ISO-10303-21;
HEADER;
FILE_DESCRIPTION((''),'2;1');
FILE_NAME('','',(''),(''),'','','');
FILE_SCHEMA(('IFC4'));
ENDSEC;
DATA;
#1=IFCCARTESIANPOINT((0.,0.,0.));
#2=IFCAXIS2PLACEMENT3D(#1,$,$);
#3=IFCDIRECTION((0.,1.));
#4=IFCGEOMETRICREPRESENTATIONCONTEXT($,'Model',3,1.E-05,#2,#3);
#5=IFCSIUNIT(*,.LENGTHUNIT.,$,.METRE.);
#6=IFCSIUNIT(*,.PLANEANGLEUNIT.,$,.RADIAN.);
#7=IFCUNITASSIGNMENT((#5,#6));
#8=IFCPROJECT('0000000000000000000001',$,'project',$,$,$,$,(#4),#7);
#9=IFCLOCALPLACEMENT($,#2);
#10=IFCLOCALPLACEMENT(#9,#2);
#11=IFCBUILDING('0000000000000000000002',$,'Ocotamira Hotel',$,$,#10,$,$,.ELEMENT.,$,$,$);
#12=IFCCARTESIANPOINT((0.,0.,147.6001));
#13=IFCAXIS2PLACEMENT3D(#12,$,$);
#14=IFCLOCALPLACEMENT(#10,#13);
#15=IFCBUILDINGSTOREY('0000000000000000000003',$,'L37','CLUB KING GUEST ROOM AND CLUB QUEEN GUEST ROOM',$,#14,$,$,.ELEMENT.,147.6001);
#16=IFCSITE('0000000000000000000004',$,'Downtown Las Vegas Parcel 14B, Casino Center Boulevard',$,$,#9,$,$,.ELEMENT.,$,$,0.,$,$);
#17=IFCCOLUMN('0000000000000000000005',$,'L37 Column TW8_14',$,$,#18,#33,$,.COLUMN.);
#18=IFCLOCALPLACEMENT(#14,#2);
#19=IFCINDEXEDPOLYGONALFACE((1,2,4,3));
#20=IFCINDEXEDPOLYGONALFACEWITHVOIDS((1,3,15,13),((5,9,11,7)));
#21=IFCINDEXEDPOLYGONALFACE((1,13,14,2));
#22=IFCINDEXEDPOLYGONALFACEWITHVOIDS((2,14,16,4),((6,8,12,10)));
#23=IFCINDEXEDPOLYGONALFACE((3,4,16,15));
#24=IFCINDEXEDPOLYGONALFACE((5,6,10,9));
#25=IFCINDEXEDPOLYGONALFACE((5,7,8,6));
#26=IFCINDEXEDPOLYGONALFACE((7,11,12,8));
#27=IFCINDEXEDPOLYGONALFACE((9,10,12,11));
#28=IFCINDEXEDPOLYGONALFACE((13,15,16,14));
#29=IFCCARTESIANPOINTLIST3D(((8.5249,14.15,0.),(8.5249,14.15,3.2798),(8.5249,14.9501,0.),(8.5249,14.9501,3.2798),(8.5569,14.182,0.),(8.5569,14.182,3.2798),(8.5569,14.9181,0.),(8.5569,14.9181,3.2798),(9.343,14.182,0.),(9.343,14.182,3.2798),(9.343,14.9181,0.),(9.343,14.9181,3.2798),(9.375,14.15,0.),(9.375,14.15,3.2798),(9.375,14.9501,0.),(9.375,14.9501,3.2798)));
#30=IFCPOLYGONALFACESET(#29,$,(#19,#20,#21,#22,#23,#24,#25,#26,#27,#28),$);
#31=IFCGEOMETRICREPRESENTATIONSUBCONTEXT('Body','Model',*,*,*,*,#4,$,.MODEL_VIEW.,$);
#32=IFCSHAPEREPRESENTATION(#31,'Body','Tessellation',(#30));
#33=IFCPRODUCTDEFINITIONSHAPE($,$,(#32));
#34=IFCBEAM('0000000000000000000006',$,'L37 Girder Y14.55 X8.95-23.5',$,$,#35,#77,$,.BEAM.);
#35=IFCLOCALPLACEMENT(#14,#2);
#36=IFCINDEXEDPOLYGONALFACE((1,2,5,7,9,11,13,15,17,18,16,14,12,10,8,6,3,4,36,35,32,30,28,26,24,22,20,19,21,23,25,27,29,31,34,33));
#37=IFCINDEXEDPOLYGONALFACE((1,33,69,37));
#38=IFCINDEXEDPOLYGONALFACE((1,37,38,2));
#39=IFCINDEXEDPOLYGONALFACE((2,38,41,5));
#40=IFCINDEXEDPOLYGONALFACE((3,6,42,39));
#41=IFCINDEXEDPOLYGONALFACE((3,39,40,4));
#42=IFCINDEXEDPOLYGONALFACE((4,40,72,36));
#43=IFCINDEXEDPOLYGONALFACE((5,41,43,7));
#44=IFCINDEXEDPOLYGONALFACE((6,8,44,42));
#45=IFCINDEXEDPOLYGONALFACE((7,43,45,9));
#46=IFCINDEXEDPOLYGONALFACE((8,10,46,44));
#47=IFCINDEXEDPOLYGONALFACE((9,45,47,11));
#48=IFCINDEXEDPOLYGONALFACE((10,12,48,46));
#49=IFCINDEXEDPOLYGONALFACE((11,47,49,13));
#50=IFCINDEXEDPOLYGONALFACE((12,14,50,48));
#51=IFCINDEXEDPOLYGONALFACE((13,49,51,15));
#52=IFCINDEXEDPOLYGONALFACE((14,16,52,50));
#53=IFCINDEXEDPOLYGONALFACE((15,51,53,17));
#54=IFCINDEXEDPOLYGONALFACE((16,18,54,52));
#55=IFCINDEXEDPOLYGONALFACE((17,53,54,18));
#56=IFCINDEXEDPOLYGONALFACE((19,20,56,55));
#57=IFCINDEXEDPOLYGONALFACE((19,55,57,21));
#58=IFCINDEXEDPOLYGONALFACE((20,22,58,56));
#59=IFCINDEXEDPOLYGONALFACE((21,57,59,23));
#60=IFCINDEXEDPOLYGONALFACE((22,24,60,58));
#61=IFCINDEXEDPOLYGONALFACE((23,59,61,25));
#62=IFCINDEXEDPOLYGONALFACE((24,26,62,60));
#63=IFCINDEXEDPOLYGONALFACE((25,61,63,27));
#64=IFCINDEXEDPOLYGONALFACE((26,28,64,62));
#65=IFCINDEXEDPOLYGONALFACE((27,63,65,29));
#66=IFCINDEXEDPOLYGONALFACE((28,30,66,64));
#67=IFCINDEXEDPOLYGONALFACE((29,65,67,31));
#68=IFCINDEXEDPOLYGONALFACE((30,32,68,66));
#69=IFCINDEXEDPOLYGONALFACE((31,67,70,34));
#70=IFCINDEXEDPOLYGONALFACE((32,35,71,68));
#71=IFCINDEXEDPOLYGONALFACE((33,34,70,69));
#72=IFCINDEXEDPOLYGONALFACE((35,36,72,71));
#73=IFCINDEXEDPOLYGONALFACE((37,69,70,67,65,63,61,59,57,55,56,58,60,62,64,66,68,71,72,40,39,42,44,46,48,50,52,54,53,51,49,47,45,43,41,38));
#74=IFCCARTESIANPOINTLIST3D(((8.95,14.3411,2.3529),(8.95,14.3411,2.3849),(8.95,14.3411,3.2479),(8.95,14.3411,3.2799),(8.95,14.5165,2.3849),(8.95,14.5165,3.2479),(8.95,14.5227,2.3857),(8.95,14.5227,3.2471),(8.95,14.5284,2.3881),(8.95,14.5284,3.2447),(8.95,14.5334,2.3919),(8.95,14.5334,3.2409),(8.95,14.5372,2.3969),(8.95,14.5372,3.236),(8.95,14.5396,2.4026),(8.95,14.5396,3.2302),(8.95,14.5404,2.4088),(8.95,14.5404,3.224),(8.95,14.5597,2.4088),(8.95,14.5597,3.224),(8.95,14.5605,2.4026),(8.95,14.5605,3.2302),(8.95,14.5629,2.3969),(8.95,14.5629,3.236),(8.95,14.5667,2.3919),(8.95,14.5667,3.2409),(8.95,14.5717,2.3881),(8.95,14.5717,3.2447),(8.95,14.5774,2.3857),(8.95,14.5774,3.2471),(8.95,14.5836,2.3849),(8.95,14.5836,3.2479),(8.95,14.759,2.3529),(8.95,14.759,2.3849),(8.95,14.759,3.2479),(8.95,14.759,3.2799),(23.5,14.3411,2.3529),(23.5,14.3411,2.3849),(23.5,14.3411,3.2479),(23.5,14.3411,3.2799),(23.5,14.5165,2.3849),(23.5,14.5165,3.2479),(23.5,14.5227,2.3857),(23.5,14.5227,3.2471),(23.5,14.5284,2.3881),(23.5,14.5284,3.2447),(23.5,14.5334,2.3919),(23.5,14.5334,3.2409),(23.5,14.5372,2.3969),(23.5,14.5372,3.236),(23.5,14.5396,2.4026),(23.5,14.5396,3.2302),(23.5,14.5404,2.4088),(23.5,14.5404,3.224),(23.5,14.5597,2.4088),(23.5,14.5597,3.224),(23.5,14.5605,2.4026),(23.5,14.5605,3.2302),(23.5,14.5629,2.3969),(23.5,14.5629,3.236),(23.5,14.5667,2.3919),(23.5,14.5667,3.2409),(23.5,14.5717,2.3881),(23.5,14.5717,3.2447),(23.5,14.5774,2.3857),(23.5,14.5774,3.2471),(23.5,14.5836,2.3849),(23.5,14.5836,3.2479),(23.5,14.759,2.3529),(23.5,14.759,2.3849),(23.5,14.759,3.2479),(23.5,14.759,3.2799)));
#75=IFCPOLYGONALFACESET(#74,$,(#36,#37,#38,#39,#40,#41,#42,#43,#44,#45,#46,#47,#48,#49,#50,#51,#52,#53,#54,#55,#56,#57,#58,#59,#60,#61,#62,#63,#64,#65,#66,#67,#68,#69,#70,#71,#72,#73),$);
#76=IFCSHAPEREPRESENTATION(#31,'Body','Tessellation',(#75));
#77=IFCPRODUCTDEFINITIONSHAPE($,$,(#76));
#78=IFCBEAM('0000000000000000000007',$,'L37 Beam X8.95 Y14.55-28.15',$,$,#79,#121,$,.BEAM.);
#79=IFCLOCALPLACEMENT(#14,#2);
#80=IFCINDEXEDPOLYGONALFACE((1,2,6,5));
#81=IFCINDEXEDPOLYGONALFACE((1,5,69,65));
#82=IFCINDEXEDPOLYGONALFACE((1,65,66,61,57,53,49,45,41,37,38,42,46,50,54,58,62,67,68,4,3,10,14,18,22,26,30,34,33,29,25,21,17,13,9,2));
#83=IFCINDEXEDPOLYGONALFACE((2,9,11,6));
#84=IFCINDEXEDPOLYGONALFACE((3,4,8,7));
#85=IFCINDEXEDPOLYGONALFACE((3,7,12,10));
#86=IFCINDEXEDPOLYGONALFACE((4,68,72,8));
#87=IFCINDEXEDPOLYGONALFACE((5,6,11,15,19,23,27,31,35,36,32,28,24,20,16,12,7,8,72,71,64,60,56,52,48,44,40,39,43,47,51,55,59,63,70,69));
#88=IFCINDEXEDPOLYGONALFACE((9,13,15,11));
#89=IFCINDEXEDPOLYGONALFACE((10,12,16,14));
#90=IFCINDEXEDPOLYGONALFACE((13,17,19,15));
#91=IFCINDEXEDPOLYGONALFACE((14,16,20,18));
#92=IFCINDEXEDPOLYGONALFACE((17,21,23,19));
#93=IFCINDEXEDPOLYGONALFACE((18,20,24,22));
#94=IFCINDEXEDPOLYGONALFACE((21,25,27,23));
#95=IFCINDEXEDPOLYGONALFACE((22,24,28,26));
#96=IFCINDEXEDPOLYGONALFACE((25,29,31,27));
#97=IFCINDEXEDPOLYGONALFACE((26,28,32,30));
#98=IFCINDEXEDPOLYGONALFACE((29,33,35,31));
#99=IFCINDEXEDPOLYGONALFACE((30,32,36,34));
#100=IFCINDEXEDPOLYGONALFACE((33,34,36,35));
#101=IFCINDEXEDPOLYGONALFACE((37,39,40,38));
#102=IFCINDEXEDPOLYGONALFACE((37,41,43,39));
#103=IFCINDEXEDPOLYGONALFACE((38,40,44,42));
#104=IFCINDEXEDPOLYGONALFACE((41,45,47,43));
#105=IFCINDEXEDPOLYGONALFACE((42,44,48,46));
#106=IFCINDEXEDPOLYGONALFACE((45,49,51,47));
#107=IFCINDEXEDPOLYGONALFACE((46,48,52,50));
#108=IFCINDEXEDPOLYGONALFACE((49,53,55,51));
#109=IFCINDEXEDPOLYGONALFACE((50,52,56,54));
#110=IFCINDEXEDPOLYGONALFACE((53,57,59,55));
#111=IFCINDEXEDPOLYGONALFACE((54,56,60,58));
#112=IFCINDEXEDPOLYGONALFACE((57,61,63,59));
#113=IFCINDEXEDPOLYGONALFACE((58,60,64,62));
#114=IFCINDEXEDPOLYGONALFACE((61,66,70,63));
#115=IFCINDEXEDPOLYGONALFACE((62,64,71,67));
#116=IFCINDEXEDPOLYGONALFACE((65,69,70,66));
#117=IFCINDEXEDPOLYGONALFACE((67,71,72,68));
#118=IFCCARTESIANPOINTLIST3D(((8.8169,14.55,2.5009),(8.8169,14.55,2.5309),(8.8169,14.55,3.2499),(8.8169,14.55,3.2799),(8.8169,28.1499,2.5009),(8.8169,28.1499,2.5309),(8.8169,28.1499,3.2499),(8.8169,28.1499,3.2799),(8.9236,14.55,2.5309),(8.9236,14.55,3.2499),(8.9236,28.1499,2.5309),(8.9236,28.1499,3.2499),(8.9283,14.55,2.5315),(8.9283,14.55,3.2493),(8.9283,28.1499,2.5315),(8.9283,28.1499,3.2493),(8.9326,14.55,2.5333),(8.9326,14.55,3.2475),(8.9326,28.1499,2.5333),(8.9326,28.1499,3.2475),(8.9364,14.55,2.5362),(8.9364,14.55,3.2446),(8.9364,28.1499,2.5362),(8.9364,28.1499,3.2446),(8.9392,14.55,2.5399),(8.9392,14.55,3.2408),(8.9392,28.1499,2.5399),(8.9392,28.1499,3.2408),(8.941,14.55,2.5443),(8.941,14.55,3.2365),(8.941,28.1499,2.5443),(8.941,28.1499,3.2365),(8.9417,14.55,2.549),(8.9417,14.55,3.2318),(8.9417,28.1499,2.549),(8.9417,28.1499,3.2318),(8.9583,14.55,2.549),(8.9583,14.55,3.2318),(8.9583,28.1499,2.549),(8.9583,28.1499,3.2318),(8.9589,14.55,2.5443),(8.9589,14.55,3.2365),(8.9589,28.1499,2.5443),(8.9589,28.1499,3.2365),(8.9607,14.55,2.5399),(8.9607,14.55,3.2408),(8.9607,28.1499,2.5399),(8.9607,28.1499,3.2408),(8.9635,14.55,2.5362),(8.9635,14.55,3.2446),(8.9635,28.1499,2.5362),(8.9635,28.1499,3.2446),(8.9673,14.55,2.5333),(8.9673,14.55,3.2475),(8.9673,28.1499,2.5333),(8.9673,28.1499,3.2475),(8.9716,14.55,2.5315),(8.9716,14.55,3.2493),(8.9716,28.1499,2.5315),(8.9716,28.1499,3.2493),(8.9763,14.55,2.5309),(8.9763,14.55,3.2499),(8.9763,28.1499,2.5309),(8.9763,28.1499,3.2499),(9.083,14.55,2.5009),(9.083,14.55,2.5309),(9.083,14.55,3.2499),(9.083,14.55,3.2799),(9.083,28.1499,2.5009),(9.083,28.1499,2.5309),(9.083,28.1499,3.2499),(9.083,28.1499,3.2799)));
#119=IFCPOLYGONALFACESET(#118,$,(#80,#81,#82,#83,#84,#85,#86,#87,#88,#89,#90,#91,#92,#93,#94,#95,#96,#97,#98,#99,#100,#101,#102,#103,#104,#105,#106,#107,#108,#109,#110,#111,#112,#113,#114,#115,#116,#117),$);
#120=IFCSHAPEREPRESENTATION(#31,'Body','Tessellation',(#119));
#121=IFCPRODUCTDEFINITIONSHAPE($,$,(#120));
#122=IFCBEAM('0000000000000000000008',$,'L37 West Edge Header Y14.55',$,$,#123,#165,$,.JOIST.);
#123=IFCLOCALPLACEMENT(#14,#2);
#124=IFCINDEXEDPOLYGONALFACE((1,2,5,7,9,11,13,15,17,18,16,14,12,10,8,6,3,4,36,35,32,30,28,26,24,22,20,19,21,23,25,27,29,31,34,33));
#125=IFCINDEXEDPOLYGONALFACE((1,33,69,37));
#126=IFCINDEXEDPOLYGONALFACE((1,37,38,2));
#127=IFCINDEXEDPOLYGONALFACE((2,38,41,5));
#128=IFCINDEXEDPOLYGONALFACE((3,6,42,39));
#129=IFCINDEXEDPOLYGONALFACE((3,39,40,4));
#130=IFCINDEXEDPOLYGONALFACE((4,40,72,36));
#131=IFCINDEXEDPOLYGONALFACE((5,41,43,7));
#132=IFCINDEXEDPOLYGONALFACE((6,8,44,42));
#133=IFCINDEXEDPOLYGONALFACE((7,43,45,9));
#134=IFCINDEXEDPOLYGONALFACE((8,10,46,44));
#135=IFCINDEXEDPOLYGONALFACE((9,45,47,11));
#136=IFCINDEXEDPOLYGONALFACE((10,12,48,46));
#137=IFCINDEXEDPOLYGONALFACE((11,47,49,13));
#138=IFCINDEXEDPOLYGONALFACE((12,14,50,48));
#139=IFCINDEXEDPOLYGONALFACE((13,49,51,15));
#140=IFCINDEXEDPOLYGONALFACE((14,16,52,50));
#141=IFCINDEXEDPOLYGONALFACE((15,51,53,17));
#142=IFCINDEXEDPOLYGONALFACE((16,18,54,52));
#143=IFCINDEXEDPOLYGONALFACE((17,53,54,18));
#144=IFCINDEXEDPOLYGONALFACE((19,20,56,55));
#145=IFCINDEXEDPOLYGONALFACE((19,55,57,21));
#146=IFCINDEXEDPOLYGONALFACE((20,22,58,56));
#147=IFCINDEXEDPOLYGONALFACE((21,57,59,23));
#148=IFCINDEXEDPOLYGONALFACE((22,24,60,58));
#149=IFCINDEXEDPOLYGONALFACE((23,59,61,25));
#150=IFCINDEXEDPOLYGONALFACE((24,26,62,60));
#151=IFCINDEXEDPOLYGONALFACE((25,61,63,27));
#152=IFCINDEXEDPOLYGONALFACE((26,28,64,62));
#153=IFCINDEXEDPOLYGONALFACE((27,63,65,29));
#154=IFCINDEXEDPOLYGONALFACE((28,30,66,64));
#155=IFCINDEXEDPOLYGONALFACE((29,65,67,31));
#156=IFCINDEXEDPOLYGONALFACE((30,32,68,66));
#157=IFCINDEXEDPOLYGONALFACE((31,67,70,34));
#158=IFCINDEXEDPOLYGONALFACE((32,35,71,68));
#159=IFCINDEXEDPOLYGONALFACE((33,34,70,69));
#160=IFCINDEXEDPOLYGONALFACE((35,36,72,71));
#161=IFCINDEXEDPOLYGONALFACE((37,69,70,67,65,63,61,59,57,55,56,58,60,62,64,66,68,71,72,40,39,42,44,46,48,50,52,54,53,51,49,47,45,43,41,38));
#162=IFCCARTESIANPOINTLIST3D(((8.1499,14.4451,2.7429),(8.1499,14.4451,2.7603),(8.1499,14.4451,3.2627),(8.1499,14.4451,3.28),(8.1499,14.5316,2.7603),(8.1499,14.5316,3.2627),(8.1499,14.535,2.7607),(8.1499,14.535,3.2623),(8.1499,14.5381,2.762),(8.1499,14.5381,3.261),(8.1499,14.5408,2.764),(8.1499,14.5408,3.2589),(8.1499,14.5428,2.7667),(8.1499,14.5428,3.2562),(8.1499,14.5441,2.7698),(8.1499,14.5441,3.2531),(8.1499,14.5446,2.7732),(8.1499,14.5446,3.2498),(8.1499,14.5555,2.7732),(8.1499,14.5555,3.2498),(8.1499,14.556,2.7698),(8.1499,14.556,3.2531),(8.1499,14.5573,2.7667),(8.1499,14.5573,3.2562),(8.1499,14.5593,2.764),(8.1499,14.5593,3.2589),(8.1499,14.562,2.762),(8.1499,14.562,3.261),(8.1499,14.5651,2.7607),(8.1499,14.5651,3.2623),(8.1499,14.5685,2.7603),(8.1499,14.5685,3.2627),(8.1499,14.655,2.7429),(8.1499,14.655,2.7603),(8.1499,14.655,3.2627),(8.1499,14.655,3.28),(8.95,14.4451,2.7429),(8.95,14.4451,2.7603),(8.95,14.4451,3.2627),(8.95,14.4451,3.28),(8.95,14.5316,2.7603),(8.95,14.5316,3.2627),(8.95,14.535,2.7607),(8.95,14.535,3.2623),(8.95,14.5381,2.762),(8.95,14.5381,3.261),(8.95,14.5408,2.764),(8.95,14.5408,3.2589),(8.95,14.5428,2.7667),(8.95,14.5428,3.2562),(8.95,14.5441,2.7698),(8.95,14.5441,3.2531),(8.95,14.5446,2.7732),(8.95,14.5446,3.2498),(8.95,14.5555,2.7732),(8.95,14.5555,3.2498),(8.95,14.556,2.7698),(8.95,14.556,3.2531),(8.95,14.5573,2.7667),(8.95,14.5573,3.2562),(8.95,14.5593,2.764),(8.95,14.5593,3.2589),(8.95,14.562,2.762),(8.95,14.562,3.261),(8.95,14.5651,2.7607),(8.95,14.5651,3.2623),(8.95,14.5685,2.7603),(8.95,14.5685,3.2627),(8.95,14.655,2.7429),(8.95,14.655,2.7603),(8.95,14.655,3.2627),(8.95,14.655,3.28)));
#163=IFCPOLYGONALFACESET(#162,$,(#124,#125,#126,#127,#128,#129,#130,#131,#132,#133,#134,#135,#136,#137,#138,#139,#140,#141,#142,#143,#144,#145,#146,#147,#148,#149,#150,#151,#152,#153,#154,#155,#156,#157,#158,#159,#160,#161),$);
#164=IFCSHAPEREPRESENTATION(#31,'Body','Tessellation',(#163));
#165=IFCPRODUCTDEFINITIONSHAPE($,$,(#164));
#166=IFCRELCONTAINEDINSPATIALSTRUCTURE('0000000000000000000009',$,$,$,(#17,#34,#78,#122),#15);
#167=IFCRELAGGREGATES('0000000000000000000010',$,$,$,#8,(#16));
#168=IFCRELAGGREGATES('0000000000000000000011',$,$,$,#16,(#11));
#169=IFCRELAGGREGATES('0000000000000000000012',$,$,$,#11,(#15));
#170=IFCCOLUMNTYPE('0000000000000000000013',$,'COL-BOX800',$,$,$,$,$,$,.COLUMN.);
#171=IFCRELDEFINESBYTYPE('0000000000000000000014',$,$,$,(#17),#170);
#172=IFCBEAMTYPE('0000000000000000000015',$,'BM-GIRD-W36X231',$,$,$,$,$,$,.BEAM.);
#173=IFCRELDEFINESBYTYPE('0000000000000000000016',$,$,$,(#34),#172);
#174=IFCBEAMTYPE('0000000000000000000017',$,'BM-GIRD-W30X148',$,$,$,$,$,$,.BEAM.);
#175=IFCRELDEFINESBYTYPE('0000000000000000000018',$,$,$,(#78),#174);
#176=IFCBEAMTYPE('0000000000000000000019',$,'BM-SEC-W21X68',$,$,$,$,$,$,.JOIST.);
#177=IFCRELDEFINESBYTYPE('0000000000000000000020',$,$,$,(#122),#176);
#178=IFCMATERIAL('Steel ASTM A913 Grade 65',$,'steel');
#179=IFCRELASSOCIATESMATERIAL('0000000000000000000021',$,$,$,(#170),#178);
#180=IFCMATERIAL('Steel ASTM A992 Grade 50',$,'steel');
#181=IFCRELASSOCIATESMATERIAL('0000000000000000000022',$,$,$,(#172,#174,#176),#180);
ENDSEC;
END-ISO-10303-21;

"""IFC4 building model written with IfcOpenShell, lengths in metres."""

from ifc_helpers import new_model, si_unit, direction, frame, origin, origin_2d, place, context, subcontext, project, spatial, hollow_rectangle, i_section, extrude, source, transform, mapped, material, material_profile, profile_set, type_object, element, save


model = new_model("IFC4")

# Units and contexts
model_context = context("Model", 3, precision=1e-05, world=origin(), true_north=direction((0.0, 1.0)))
body_context = subcontext(model_context, "Body", "Model", "MODEL_VIEW")
ifc_project = project(units=[si_unit("LENGTHUNIT", "METRE"), si_unit("PLANEANGLEUNIT", "RADIAN")], contexts=[model_context])

# Site, building, storey
site_placement = place(None, origin())
site = spatial("IfcSite", under=ifc_project, at=site_placement, Name="Downtown Las Vegas Parcel 14B, Casino Center Boulevard", CompositionType="ELEMENT", RefElevation=0.0)
building_placement = place(site_placement, origin())
building = spatial("IfcBuilding", under=site, at=building_placement, Name="Ocotamira Hotel", CompositionType="ELEMENT")
storey_placement = place(building_placement, frame((0.0, 0.0, 147.6001)))
storey = spatial("IfcBuildingStorey", under=building, at=storey_placement, Name="L37", Description="CLUB KING GUEST ROOM AND CLUB QUEEN GUEST ROOM", CompositionType="ELEMENT", Elevation=147.6001)

# Column
ifc_material_1 = material(Name="Steel ASTM A913 Grade 65", Category="steel")
ifc_material_profile_1 = material_profile(ifc_material_1, hollow_rectangle(XDim=0.8501, YDim=0.8, WallThickness=0.032, at=origin_2d()), Name="BOX800X850X32")
ifc_profile_set_1 = profile_set([ifc_material_profile_1], Name="Steel ASTM A913 Grade 65")
column_type = type_object("IfcColumnType", Name="COL-BOX800", PredefinedType="COLUMN", material=ifc_profile_set_1)
shared_shape_1 = source(origin(), body_context, "Body", "SweptSolid", [
    extrude(hollow_rectangle(XDim=0.8501, YDim=0.8, WallThickness=0.032, at=origin_2d()), origin(), (0.0, 0.0, 1.0), 3.2798),
])
column_placement = place(storey_placement, frame((8.95, 14.55, 0.0), z_axis=(0.0, 0.0, 1.0), x_axis=(1.0, 0.0, 0.0)))
element("IfcColumn", 1, at=column_placement, inside=storey, type_object=column_type, Name="L37 Column TW8_14", PredefinedType="COLUMN", context=body_context, shape_type="MappedRepresentation", body=[
    mapped(shared_shape_1, transform((0.0, 0.0, 0.0), scale=1.0)),
])

# Beams
ifc_material_2 = material(Name="Steel ASTM A992 Grade 50", Category="steel")
ifc_material_profile_2 = material_profile(ifc_material_2, i_section(OverallWidth=0.418, OverallDepth=0.927, WebThickness=0.0193, FlangeThickness=0.032, FilletRadius=0.0239, at=origin_2d()), Name="W36X231")
ifc_profile_set_2 = profile_set([ifc_material_profile_2], Name="Steel ASTM A992 Grade 50")
beam_type_1 = type_object("IfcBeamType", Name="BM-GIRD-W36X231", PredefinedType="BEAM", material=ifc_profile_set_2)
shared_shape_2 = source(origin(), body_context, "Body", "SweptSolid", [
    extrude(i_section(OverallWidth=0.418, OverallDepth=0.927, WebThickness=0.0193, FlangeThickness=0.032, FilletRadius=0.0239, at=origin_2d()), origin(), (0.0, 0.0, 1.0), 14.55),
])
beam_1_placement = place(storey_placement, frame((8.95, 14.55, 2.8164), z_axis=(1.0, 0.0, 0.0), x_axis=(0.0, 1.0, 0.0)))
element("IfcBeam", 2, at=beam_1_placement, inside=storey, type_object=beam_type_1, Name="L37 Girder Y14.55 X8.95-23.5", PredefinedType="BEAM", context=body_context, shape_type="MappedRepresentation", body=[
    mapped(shared_shape_2, transform((0.0, 0.0, 0.0), scale=1.0)),
])
ifc_material_profile_3 = material_profile(ifc_material_2, i_section(OverallWidth=0.2661, OverallDepth=0.7791, WebThickness=0.0166, FlangeThickness=0.03, FilletRadius=0.0181, at=origin_2d()), Name="W30X148")
ifc_profile_set_3 = profile_set([ifc_material_profile_3], Name="Steel ASTM A992 Grade 50")
beam_type_2 = type_object("IfcBeamType", Name="BM-GIRD-W30X148", PredefinedType="BEAM", material=ifc_profile_set_3)
shared_shape_3 = source(origin(), body_context, "Body", "SweptSolid", [
    extrude(i_section(OverallWidth=0.2661, OverallDepth=0.7791, WebThickness=0.0166, FlangeThickness=0.03, FilletRadius=0.0181, at=origin_2d()), origin(), (0.0, 0.0, 1.0), 13.5999),
])
beam_2_placement = place(storey_placement, frame((8.95, 14.55, 2.8904), z_axis=(0.0, 1.0, 0.0), x_axis=(-1.0, 0.0, 0.0)))
element("IfcBeam", 3, at=beam_2_placement, inside=storey, type_object=beam_type_2, Name="L37 Beam X8.95 Y14.55-28.15", PredefinedType="BEAM", context=body_context, shape_type="MappedRepresentation", body=[
    mapped(shared_shape_3, transform((0.0, 0.0, 0.0), scale=1.0)),
])
ifc_material_profile_4 = material_profile(ifc_material_2, i_section(OverallWidth=0.21, OverallDepth=0.5371, WebThickness=0.011, FlangeThickness=0.0173, FilletRadius=0.0129, at=origin_2d()), Name="W21X68")
ifc_profile_set_4 = profile_set([ifc_material_profile_4], Name="Steel ASTM A992 Grade 50")
beam_type_3 = type_object("IfcBeamType", Name="BM-SEC-W21X68", PredefinedType="JOIST", material=ifc_profile_set_4)
shared_shape_4 = source(origin(), body_context, "Body", "SweptSolid", [
    extrude(i_section(OverallWidth=0.21, OverallDepth=0.5371, WebThickness=0.011, FlangeThickness=0.0173, FilletRadius=0.0129, at=origin_2d()), origin(), (0.0, 0.0, 1.0), 0.8),
])
beam_3_placement = place(storey_placement, frame((8.95, 14.55, 3.0115), z_axis=(-1.0, 0.0, 0.0), x_axis=(0.0, -1.0, 0.0)))
element("IfcBeam", 4, at=beam_3_placement, inside=storey, type_object=beam_type_3, Name="L37 West Edge Header Y14.55", PredefinedType="JOIST", context=body_context, shape_type="MappedRepresentation", body=[
    mapped(shared_shape_4, transform((0.0, 0.0, 0.0), scale=1.0)),
])

save(model, "model.ifc")
